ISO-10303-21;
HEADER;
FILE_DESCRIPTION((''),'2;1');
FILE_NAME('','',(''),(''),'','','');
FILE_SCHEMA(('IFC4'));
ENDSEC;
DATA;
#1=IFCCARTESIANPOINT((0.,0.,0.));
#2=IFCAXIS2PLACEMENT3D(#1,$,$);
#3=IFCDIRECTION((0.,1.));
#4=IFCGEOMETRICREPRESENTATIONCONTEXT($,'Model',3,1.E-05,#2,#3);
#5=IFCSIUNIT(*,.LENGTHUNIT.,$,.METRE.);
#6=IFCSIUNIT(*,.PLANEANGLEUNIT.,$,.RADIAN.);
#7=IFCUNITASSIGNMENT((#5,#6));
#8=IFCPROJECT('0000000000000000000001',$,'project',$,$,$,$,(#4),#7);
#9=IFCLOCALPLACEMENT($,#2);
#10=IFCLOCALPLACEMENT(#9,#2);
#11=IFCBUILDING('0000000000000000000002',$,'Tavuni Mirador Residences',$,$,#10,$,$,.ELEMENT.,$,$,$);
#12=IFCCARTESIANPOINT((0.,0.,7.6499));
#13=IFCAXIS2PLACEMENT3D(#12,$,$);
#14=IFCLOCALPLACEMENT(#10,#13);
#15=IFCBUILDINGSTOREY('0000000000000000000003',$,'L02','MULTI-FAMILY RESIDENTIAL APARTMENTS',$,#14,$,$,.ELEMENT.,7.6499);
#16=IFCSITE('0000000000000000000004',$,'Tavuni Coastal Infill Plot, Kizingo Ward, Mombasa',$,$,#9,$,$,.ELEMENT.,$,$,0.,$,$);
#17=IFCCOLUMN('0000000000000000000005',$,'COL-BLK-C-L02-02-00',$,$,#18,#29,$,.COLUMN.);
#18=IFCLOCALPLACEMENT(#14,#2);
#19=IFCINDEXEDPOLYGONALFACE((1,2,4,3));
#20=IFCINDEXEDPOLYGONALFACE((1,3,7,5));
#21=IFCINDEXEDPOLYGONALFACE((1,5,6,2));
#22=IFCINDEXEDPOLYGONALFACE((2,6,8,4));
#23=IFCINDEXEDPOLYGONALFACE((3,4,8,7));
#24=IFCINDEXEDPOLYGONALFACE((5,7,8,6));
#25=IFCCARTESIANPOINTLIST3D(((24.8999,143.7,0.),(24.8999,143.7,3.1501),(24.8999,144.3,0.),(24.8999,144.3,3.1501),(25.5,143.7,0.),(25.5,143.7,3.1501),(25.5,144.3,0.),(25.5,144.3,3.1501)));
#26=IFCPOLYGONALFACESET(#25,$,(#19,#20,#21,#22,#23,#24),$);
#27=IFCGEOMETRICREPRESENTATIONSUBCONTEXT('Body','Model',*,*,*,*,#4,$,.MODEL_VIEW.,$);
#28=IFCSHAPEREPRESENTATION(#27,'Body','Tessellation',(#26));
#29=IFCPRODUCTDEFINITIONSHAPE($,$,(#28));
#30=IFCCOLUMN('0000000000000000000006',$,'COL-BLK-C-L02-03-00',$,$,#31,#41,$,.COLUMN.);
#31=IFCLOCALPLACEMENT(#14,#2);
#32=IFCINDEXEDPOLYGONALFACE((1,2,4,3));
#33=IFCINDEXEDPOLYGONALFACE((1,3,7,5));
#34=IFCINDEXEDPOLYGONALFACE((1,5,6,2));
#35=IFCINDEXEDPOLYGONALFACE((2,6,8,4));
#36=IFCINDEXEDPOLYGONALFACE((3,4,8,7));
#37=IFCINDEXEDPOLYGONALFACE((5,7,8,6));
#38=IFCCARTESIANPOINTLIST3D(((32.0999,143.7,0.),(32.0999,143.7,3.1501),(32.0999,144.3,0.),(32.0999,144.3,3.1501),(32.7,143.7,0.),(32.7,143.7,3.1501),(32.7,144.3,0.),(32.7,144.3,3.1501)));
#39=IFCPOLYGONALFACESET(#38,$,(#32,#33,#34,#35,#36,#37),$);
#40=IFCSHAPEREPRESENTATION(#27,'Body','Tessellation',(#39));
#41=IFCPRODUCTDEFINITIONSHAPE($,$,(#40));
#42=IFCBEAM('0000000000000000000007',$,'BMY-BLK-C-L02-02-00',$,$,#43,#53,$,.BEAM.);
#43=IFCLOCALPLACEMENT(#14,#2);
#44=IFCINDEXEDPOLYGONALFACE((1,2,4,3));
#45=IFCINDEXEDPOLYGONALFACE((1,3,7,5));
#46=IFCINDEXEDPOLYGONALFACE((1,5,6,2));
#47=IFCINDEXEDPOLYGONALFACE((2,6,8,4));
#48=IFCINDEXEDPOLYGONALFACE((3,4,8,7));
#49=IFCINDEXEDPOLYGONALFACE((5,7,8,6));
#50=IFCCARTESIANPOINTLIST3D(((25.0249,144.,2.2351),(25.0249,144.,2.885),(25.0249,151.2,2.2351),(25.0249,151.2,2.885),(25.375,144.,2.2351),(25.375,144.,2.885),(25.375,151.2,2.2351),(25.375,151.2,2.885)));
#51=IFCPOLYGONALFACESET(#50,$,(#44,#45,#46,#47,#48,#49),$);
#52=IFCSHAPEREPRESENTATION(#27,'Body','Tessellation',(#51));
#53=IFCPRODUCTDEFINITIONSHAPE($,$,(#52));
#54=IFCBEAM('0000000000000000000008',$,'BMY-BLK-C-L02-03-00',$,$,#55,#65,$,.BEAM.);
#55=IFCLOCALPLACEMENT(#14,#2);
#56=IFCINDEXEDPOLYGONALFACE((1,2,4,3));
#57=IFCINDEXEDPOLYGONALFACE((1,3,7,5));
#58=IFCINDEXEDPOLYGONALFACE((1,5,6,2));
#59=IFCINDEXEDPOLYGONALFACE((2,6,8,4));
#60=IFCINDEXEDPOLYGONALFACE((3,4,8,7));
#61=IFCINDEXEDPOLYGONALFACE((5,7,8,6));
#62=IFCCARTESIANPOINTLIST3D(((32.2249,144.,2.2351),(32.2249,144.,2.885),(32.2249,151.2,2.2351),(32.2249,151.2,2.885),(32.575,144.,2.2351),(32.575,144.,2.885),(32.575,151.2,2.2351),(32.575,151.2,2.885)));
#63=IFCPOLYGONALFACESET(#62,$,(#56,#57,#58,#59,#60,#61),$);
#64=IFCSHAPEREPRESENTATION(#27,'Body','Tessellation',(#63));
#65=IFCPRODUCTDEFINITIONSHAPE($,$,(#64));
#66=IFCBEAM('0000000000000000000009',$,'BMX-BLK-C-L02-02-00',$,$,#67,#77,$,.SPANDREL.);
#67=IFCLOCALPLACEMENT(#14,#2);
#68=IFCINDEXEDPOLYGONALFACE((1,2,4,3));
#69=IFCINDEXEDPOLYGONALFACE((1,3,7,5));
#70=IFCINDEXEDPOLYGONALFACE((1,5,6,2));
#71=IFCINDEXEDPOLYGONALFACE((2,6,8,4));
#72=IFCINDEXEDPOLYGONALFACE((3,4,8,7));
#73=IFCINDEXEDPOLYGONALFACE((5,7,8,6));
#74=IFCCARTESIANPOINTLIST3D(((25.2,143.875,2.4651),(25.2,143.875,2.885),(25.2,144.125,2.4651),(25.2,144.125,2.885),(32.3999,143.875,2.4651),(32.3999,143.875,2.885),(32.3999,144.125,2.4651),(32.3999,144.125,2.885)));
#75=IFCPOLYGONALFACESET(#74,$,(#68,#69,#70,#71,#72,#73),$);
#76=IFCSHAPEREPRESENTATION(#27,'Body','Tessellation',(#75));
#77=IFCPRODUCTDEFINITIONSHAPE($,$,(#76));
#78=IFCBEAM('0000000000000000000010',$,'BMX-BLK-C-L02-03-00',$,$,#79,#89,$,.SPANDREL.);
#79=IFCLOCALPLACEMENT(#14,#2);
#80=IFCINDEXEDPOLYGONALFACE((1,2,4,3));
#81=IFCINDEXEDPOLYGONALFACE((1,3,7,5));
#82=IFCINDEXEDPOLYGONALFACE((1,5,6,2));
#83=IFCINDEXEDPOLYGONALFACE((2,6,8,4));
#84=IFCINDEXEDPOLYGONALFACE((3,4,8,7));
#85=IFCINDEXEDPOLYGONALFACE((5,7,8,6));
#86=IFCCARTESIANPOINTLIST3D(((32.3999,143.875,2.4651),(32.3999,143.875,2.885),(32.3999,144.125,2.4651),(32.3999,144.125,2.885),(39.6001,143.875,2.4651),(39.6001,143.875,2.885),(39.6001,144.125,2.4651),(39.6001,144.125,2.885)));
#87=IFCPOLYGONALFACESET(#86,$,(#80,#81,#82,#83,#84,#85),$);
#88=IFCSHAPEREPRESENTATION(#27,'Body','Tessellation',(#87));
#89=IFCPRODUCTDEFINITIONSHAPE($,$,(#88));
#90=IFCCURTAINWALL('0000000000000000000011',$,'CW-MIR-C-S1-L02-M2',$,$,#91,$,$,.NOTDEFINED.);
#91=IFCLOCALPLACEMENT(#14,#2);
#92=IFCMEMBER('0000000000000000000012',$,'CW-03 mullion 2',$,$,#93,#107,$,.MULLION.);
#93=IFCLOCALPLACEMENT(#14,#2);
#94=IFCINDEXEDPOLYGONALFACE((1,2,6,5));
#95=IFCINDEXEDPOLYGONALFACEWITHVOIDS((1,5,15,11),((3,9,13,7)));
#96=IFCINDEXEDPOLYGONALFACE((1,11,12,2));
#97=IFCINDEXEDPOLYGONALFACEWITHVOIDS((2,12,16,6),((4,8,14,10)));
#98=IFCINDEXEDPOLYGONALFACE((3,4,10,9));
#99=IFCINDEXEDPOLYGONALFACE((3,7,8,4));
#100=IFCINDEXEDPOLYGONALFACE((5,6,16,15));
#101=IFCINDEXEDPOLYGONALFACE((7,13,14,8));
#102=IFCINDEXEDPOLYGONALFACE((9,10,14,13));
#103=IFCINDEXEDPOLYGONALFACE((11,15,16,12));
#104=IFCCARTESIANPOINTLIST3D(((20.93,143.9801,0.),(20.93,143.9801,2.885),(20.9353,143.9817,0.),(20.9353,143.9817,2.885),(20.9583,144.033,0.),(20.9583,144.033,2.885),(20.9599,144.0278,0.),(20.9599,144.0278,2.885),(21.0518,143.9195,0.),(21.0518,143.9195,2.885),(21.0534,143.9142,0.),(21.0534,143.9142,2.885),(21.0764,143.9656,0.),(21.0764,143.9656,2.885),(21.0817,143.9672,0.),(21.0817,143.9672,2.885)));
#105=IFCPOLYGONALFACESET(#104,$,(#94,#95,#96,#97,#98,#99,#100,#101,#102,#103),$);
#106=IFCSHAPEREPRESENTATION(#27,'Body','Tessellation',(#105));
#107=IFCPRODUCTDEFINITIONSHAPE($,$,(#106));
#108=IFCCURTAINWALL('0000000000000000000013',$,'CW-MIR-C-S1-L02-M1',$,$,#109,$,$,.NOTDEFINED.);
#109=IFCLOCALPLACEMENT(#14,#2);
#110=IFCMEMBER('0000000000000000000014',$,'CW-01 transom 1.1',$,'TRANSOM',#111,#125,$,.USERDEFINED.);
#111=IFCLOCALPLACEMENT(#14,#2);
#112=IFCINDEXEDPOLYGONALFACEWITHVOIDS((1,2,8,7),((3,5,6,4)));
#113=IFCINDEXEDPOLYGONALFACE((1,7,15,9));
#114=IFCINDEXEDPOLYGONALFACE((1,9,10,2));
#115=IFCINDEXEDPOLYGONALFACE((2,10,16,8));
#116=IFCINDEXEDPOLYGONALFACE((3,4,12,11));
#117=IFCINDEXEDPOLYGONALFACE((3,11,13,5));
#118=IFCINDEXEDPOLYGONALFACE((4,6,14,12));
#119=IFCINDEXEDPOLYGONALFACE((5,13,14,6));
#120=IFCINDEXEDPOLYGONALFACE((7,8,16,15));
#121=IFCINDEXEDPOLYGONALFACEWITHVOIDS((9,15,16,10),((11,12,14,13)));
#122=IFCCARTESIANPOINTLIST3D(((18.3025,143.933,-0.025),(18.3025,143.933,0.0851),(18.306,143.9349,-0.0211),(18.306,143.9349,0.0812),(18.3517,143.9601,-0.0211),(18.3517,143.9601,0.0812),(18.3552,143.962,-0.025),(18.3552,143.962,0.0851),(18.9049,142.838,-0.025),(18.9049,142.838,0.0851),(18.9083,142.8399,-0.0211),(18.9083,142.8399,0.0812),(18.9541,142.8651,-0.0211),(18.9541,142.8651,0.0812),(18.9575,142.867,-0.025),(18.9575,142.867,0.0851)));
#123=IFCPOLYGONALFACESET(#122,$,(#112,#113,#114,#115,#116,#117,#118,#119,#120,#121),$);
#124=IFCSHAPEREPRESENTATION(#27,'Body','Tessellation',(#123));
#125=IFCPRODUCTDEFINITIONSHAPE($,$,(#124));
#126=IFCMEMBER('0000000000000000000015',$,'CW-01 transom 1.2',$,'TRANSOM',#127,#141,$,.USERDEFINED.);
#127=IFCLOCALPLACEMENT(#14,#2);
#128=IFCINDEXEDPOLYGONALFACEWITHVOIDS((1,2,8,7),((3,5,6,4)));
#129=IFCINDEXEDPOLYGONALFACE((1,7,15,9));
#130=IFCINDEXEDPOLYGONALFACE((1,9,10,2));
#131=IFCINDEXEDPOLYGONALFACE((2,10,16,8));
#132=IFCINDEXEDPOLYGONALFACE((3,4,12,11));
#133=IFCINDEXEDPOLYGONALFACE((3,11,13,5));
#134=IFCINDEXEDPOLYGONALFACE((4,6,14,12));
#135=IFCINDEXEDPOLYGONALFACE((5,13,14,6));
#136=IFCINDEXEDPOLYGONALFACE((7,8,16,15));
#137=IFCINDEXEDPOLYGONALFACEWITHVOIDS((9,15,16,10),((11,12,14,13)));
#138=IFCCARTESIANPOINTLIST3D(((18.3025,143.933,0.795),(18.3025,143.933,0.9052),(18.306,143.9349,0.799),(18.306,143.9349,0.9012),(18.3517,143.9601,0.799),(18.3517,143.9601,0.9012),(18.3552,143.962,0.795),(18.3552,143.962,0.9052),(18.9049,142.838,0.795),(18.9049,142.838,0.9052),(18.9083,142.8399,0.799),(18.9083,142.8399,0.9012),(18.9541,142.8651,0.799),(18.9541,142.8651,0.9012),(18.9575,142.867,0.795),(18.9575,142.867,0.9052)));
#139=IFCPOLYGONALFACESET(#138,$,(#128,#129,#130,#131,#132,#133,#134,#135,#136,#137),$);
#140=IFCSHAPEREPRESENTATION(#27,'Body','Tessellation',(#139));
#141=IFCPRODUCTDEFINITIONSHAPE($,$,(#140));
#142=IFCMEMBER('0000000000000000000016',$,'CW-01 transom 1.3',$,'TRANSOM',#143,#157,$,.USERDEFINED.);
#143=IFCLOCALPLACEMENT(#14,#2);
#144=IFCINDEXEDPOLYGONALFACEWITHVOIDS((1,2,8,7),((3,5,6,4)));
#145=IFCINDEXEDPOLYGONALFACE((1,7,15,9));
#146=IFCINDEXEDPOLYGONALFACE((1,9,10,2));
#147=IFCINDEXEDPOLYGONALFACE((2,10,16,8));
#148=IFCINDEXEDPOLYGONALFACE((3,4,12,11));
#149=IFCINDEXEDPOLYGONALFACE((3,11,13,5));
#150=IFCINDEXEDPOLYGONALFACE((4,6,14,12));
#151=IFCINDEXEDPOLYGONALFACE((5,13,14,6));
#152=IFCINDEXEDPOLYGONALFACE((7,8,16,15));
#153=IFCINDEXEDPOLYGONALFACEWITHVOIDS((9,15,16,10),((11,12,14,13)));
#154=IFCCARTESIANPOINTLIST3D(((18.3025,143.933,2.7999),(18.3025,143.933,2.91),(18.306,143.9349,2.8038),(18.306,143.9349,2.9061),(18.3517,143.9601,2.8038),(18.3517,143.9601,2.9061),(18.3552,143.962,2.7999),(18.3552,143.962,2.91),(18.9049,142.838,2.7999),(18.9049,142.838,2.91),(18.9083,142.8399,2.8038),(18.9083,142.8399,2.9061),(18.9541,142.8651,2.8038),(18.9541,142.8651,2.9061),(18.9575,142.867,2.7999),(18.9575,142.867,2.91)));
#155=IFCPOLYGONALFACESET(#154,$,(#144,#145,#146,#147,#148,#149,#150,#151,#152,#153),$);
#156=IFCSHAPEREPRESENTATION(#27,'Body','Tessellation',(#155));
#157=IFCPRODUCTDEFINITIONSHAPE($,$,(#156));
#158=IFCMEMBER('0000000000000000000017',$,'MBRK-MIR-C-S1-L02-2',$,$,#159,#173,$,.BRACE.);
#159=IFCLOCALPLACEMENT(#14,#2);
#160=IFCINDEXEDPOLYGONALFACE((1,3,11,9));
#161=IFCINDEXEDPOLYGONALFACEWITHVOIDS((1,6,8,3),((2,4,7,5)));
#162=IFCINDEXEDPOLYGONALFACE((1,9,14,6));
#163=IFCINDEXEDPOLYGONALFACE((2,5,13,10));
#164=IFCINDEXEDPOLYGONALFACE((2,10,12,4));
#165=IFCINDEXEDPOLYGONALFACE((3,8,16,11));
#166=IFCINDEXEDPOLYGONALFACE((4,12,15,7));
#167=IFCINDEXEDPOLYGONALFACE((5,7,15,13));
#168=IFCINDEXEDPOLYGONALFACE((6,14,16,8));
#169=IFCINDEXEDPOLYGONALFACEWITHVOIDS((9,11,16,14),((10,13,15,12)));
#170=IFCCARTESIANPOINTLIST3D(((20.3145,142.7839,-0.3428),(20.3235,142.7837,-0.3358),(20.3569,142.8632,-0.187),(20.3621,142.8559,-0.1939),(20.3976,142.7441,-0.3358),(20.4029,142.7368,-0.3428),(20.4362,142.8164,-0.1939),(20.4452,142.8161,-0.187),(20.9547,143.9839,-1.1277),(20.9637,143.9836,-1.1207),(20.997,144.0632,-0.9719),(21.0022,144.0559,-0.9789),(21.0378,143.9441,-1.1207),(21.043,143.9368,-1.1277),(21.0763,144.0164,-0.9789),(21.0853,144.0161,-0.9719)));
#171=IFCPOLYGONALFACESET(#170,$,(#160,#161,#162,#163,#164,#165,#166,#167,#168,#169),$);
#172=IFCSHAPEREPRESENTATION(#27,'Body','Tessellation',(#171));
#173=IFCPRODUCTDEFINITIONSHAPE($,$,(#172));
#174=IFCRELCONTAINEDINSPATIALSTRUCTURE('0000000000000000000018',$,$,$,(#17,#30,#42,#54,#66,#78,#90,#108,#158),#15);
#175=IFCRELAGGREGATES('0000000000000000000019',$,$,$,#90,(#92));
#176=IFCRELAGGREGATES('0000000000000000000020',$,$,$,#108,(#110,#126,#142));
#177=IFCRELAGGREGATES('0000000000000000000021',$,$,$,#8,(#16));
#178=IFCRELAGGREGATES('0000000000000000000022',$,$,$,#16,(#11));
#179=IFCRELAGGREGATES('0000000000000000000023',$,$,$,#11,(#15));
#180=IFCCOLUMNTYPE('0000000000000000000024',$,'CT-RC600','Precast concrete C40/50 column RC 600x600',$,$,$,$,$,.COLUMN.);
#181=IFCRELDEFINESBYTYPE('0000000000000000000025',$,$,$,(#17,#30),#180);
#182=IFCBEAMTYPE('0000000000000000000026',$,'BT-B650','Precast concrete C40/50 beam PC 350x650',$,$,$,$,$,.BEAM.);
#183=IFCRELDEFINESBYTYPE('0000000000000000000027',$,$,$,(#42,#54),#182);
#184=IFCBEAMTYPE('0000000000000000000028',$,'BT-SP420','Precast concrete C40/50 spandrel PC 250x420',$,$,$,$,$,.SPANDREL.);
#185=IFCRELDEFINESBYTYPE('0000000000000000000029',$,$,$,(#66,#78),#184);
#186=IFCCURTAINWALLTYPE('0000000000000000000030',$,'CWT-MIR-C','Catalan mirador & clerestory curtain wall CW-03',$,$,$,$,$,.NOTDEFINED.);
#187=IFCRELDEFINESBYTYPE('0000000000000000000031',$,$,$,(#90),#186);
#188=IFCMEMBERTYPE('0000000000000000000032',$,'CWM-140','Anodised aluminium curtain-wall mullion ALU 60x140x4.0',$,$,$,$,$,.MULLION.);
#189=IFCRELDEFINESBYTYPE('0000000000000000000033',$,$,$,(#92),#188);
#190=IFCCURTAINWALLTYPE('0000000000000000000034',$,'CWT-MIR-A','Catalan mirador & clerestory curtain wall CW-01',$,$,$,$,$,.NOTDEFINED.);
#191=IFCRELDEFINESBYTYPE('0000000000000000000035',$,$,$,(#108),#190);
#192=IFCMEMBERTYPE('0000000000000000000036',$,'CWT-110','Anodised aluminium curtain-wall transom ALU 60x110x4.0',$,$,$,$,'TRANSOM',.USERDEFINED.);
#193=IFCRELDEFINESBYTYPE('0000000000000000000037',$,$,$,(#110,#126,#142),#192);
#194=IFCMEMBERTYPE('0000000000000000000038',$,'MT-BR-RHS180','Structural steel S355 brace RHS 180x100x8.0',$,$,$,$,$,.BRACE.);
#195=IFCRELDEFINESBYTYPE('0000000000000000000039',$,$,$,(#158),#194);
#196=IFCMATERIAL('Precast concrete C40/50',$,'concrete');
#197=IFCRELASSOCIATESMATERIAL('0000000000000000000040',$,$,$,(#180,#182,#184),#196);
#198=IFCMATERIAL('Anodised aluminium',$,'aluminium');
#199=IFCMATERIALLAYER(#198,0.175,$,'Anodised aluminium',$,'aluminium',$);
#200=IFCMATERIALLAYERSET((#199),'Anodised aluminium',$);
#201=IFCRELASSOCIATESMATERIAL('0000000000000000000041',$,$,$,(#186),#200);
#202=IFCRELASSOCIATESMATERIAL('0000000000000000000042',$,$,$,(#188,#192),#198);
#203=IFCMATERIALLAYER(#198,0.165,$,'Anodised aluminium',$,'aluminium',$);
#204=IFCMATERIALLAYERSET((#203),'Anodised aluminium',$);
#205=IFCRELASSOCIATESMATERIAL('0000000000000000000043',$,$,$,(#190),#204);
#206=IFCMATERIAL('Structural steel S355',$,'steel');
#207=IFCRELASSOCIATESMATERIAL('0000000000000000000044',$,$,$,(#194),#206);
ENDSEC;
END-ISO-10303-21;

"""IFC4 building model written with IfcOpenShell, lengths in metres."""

from ifc_helpers import new_model, si_unit, direction, frame, origin, origin_2d, place, context, subcontext, project, spatial, rectangle, hollow_rectangle, extrude, material, layer, layer_set, material_profile, profile_set, type_object, element, aggregate, save


model = new_model("IFC4")

# Units and contexts
model_context = context("Model", 3, precision=1e-05, world=origin(), true_north=direction((0.0, 1.0)))
body_context = subcontext(model_context, "Body", "Model", "MODEL_VIEW")
ifc_project = project(units=[si_unit("LENGTHUNIT", "METRE"), si_unit("PLANEANGLEUNIT", "RADIAN")], contexts=[model_context])

# Site, building, storey
site_placement = place(None, origin())
site = spatial("IfcSite", under=ifc_project, at=site_placement, Name="Tavuni Coastal Infill Plot, Kizingo Ward, Mombasa", CompositionType="ELEMENT", RefElevation=0.0)
building_placement = place(site_placement, origin())
building = spatial("IfcBuilding", under=site, at=building_placement, Name="Tavuni Mirador Residences", CompositionType="ELEMENT")
storey_placement = place(building_placement, frame((0.0, 0.0, 7.6499)))
storey = spatial("IfcBuildingStorey", under=building, at=storey_placement, Name="L02", Description="MULTI-FAMILY RESIDENTIAL APARTMENTS", CompositionType="ELEMENT", Elevation=7.6499)

# Columns
ifc_material_1 = material(Name="Precast concrete C40/50", Category="concrete")
ifc_material_profile_1 = material_profile(ifc_material_1, rectangle(XDim=0.6001, YDim=0.6001, at=origin_2d()), Name="RC 600x600", Category="concrete")
ifc_profile_set_1 = profile_set([ifc_material_profile_1], Name="Precast concrete C40/50")
column_type = type_object("IfcColumnType", Name="CT-RC600", Description="Precast concrete C40/50 column RC 600x600", PredefinedType="COLUMN", material=ifc_profile_set_1)
for number, where, z_axis, x_axis, name in (
    (1, (25.2, 144.0, 0.0), (0.0, 0.0, 1.0), (1.0, 0.0, 0.0), "COL-BLK-C-L02-02-00"),
    (2, (32.3999, 144.0, 0.0), (0.0, 0.0, 1.0), (1.0, 0.0, 0.0), "COL-BLK-C-L02-03-00"),
):
    element("IfcColumn", number, at=place(storey_placement, frame(where, z_axis=z_axis, x_axis=x_axis)), inside=storey, type_object=column_type, Name=name, PredefinedType="COLUMN", context=body_context, shape_type="SweptSolid", body=[
        extrude(rectangle(XDim=0.6001, YDim=0.6001, at=origin_2d()), origin(), (0.0, 0.0, 1.0), 3.1501),
    ])

# Beams
ifc_material_profile_2 = material_profile(ifc_material_1, rectangle(XDim=0.3501, YDim=0.6499, at=origin_2d()), Name="PC 350x650", Category="concrete")
ifc_profile_set_2 = profile_set([ifc_material_profile_2], Name="Precast concrete C40/50")
beam_type_1 = type_object("IfcBeamType", Name="BT-B650", Description="Precast concrete C40/50 beam PC 350x650", PredefinedType="BEAM", material=ifc_profile_set_2)
for number, where, z_axis, x_axis, name in (
    (3, (25.2, 144.0, 2.5601), (0.0, 1.0, 0.0), (-1.0, 0.0, 0.0), "BMY-BLK-C-L02-02-00"),
    (4, (32.3999, 144.0, 2.5601), (0.0, 1.0, 0.0), (-1.0, 0.0, 0.0), "BMY-BLK-C-L02-03-00"),
):
    element("IfcBeam", number, at=place(storey_placement, frame(where, z_axis=z_axis, x_axis=x_axis)), inside=storey, type_object=beam_type_1, Name=name, PredefinedType="BEAM", context=body_context, shape_type="SweptSolid", body=[
        extrude(rectangle(XDim=0.3501, YDim=0.6499, at=origin_2d()), origin(), (0.0, 0.0, 1.0), 7.2),
    ])
ifc_material_profile_3 = material_profile(ifc_material_1, rectangle(XDim=0.25, YDim=0.4199, at=origin_2d()), Name="PC 250x420", Category="concrete")
ifc_profile_set_3 = profile_set([ifc_material_profile_3], Name="Precast concrete C40/50")
beam_type_2 = type_object("IfcBeamType", Name="BT-SP420", Description="Precast concrete C40/50 spandrel PC 250x420", PredefinedType="SPANDREL", material=ifc_profile_set_3)
beam_1_placement = place(storey_placement, frame((25.2, 144.0, 2.675), z_axis=(1.0, 0.0, 0.0), x_axis=(0.0, 1.0, 0.0)))
element("IfcBeam", 5, at=beam_1_placement, inside=storey, type_object=beam_type_2, Name="BMX-BLK-C-L02-02-00", PredefinedType="SPANDREL", context=body_context, shape_type="SweptSolid", body=[
    extrude(rectangle(XDim=0.25, YDim=0.4199, at=origin_2d()), origin(), (0.0, 0.0, 1.0), 7.2),
])
beam_2_placement = place(storey_placement, frame((32.3999, 144.0, 2.675), z_axis=(1.0, 0.0, 0.0), x_axis=(0.0, 1.0, 0.0)))
element("IfcBeam", 6, at=beam_2_placement, inside=storey, type_object=beam_type_2, Name="BMX-BLK-C-L02-03-00", PredefinedType="SPANDREL", context=body_context, shape_type="SweptSolid", body=[
    extrude(rectangle(XDim=0.25, YDim=0.4199, at=origin_2d()), origin(), (0.0, 0.0, 1.0), 7.2002),
])

# Curtain wall, member
ifc_material_2 = material(Name="Anodised aluminium", Category="aluminium")
ifc_layer_1 = layer(ifc_material_2, 0.175, Name="Anodised aluminium", Category="aluminium")
ifc_layer_set_1 = layer_set([ifc_layer_1], Name="Anodised aluminium")
curtain_wall_type_1 = type_object("IfcCurtainWallType", Name="CWT-MIR-C", Description="Catalan mirador & clerestory curtain wall CW-03", PredefinedType="NOTDEFINED", material=ifc_layer_set_1)
curtain_wall_1_placement = place(storey_placement, origin())
curtain_wall_1 = element("IfcCurtainWall", 7, at=curtain_wall_1_placement, inside=storey, type_object=curtain_wall_type_1, Name="CW-MIR-C-S1-L02-M2", PredefinedType="NOTDEFINED")
ifc_material_profile_4 = material_profile(ifc_material_2, hollow_rectangle(XDim=0.0601, YDim=0.1399, WallThickness=0.0039, at=origin_2d()), Name="ALU 60x140x4.0", Category="aluminium")
ifc_profile_set_4 = profile_set([ifc_material_profile_4], Name="Anodised aluminium")
member_type_1 = type_object("IfcMemberType", Name="CWM-140", Description="Anodised aluminium curtain-wall mullion ALU 60x140x4.0", PredefinedType="MULLION", material=ifc_profile_set_4)
member_1_placement = place(storey_placement, frame((21.0059, 143.9736, 0.0), z_axis=(0.0, 0.0, 1.0), x_axis=(0.470588, 0.882353, 0.0)))
member_1 = element("IfcMember", 8, at=member_1_placement, type_object=member_type_1, Name="CW-03 mullion 2", PredefinedType="MULLION", context=body_context, shape_type="SweptSolid", body=[
    extrude(hollow_rectangle(XDim=0.0601, YDim=0.1399, WallThickness=0.0039, at=origin_2d()), origin(), (0.0, 0.0, 1.0), 2.885),
])
aggregate(curtain_wall_1, [member_1])

# Curtain wall, members
ifc_layer_2 = layer(ifc_material_2, 0.165, Name="Anodised aluminium", Category="aluminium")
ifc_layer_set_2 = layer_set([ifc_layer_2], Name="Anodised aluminium")
curtain_wall_type_2 = type_object("IfcCurtainWallType", Name="CWT-MIR-A", Description="Catalan mirador & clerestory curtain wall CW-01", PredefinedType="NOTDEFINED", material=ifc_layer_set_2)
curtain_wall_2_placement = place(storey_placement, origin())
curtain_wall_2 = element("IfcCurtainWall", 9, at=curtain_wall_2_placement, inside=storey, type_object=curtain_wall_type_2, Name="CW-MIR-C-S1-L02-M1", PredefinedType="NOTDEFINED")
ifc_material_profile_5 = material_profile(ifc_material_2, hollow_rectangle(XDim=0.0601, YDim=0.1101, WallThickness=0.0039, at=origin_2d()), Name="ALU 60x110x4.0", Category="aluminium")
ifc_profile_set_5 = profile_set([ifc_material_profile_5], Name="Anodised aluminium")
member_type_2 = type_object("IfcMemberType", Name="CWT-110", Description="Anodised aluminium curtain-wall transom ALU 60x110x4.0", ElementType="TRANSOM", PredefinedType="USERDEFINED", material=ifc_profile_set_5)
member_2_placement = place(storey_placement, frame((18.3289, 143.9475, 0.03), z_axis=(0.481956, -0.876195, 0.0), x_axis=(0.876195, 0.481956, 0.0)))
member_2 = element("IfcMember", 10, at=member_2_placement, type_object=member_type_2, Name="CW-01 transom 1.1", ObjectType="TRANSOM", PredefinedType="USERDEFINED", context=body_context, shape_type="SweptSolid", body=[
    extrude(hollow_rectangle(XDim=0.0601, YDim=0.1101, WallThickness=0.0039, at=origin_2d()), origin(), (0.0, 0.0, 1.0), 1.2498),
])
member_3_placement = place(storey_placement, frame((18.3289, 143.9475, 0.8501), z_axis=(0.481956, -0.876195, 0.0), x_axis=(0.876195, 0.481956, 0.0)))
member_3 = element("IfcMember", 11, at=member_3_placement, type_object=member_type_2, Name="CW-01 transom 1.2", ObjectType="TRANSOM", PredefinedType="USERDEFINED", context=body_context, shape_type="SweptSolid", body=[
    extrude(hollow_rectangle(XDim=0.0601, YDim=0.1101, WallThickness=0.0039, at=origin_2d()), origin(), (0.0, 0.0, 1.0), 1.2498),
])
member_4_placement = place(storey_placement, frame((18.3289, 143.9475, 2.855), z_axis=(0.481956, -0.876195, 0.0), x_axis=(0.876195, 0.481956, 0.0)))
member_4 = element("IfcMember", 12, at=member_4_placement, type_object=member_type_2, Name="CW-01 transom 1.3", ObjectType="TRANSOM", PredefinedType="USERDEFINED", context=body_context, shape_type="SweptSolid", body=[
    extrude(hollow_rectangle(XDim=0.0601, YDim=0.1101, WallThickness=0.0039, at=origin_2d()), origin(), (0.0, 0.0, 1.0), 1.2498),
])
aggregate(curtain_wall_2, [member_2, member_3, member_4])

# Member
ifc_material_3 = material(Name="Structural steel S355", Category="steel")
ifc_material_profile_6 = material_profile(ifc_material_3, hollow_rectangle(XDim=0.1001, YDim=0.1799, WallThickness=0.0081, at=origin_2d()), Name="RHS 180x100x8.0", Category="steel")
ifc_profile_set_6 = profile_set([ifc_material_profile_6], Name="Structural steel S355")
member_type_3 = type_object("IfcMemberType", Name="MT-BR-RHS180", Description="Structural steel S355 brace RHS 180x100x8.0", PredefinedType="BRACE", material=ifc_profile_set_6)
member_5_placement = place(storey_placement, frame((21.02, 144.0, -1.0498), z_axis=(-0.407661, -0.764169, 0.499858), x_axis=(0.882303, -0.470681, 0.0)))
element("IfcMember", 13, at=member_5_placement, inside=storey, type_object=member_type_3, Name="MBRK-MIR-C-S1-L02-2", PredefinedType="BRACE", context=body_context, shape_type="SweptSolid", body=[
    extrude(hollow_rectangle(XDim=0.1001, YDim=0.1799, WallThickness=0.0081, at=origin_2d()), origin(), (0.0, 0.0, 1.0), 1.5703),
])

save(model, "model.ifc")
